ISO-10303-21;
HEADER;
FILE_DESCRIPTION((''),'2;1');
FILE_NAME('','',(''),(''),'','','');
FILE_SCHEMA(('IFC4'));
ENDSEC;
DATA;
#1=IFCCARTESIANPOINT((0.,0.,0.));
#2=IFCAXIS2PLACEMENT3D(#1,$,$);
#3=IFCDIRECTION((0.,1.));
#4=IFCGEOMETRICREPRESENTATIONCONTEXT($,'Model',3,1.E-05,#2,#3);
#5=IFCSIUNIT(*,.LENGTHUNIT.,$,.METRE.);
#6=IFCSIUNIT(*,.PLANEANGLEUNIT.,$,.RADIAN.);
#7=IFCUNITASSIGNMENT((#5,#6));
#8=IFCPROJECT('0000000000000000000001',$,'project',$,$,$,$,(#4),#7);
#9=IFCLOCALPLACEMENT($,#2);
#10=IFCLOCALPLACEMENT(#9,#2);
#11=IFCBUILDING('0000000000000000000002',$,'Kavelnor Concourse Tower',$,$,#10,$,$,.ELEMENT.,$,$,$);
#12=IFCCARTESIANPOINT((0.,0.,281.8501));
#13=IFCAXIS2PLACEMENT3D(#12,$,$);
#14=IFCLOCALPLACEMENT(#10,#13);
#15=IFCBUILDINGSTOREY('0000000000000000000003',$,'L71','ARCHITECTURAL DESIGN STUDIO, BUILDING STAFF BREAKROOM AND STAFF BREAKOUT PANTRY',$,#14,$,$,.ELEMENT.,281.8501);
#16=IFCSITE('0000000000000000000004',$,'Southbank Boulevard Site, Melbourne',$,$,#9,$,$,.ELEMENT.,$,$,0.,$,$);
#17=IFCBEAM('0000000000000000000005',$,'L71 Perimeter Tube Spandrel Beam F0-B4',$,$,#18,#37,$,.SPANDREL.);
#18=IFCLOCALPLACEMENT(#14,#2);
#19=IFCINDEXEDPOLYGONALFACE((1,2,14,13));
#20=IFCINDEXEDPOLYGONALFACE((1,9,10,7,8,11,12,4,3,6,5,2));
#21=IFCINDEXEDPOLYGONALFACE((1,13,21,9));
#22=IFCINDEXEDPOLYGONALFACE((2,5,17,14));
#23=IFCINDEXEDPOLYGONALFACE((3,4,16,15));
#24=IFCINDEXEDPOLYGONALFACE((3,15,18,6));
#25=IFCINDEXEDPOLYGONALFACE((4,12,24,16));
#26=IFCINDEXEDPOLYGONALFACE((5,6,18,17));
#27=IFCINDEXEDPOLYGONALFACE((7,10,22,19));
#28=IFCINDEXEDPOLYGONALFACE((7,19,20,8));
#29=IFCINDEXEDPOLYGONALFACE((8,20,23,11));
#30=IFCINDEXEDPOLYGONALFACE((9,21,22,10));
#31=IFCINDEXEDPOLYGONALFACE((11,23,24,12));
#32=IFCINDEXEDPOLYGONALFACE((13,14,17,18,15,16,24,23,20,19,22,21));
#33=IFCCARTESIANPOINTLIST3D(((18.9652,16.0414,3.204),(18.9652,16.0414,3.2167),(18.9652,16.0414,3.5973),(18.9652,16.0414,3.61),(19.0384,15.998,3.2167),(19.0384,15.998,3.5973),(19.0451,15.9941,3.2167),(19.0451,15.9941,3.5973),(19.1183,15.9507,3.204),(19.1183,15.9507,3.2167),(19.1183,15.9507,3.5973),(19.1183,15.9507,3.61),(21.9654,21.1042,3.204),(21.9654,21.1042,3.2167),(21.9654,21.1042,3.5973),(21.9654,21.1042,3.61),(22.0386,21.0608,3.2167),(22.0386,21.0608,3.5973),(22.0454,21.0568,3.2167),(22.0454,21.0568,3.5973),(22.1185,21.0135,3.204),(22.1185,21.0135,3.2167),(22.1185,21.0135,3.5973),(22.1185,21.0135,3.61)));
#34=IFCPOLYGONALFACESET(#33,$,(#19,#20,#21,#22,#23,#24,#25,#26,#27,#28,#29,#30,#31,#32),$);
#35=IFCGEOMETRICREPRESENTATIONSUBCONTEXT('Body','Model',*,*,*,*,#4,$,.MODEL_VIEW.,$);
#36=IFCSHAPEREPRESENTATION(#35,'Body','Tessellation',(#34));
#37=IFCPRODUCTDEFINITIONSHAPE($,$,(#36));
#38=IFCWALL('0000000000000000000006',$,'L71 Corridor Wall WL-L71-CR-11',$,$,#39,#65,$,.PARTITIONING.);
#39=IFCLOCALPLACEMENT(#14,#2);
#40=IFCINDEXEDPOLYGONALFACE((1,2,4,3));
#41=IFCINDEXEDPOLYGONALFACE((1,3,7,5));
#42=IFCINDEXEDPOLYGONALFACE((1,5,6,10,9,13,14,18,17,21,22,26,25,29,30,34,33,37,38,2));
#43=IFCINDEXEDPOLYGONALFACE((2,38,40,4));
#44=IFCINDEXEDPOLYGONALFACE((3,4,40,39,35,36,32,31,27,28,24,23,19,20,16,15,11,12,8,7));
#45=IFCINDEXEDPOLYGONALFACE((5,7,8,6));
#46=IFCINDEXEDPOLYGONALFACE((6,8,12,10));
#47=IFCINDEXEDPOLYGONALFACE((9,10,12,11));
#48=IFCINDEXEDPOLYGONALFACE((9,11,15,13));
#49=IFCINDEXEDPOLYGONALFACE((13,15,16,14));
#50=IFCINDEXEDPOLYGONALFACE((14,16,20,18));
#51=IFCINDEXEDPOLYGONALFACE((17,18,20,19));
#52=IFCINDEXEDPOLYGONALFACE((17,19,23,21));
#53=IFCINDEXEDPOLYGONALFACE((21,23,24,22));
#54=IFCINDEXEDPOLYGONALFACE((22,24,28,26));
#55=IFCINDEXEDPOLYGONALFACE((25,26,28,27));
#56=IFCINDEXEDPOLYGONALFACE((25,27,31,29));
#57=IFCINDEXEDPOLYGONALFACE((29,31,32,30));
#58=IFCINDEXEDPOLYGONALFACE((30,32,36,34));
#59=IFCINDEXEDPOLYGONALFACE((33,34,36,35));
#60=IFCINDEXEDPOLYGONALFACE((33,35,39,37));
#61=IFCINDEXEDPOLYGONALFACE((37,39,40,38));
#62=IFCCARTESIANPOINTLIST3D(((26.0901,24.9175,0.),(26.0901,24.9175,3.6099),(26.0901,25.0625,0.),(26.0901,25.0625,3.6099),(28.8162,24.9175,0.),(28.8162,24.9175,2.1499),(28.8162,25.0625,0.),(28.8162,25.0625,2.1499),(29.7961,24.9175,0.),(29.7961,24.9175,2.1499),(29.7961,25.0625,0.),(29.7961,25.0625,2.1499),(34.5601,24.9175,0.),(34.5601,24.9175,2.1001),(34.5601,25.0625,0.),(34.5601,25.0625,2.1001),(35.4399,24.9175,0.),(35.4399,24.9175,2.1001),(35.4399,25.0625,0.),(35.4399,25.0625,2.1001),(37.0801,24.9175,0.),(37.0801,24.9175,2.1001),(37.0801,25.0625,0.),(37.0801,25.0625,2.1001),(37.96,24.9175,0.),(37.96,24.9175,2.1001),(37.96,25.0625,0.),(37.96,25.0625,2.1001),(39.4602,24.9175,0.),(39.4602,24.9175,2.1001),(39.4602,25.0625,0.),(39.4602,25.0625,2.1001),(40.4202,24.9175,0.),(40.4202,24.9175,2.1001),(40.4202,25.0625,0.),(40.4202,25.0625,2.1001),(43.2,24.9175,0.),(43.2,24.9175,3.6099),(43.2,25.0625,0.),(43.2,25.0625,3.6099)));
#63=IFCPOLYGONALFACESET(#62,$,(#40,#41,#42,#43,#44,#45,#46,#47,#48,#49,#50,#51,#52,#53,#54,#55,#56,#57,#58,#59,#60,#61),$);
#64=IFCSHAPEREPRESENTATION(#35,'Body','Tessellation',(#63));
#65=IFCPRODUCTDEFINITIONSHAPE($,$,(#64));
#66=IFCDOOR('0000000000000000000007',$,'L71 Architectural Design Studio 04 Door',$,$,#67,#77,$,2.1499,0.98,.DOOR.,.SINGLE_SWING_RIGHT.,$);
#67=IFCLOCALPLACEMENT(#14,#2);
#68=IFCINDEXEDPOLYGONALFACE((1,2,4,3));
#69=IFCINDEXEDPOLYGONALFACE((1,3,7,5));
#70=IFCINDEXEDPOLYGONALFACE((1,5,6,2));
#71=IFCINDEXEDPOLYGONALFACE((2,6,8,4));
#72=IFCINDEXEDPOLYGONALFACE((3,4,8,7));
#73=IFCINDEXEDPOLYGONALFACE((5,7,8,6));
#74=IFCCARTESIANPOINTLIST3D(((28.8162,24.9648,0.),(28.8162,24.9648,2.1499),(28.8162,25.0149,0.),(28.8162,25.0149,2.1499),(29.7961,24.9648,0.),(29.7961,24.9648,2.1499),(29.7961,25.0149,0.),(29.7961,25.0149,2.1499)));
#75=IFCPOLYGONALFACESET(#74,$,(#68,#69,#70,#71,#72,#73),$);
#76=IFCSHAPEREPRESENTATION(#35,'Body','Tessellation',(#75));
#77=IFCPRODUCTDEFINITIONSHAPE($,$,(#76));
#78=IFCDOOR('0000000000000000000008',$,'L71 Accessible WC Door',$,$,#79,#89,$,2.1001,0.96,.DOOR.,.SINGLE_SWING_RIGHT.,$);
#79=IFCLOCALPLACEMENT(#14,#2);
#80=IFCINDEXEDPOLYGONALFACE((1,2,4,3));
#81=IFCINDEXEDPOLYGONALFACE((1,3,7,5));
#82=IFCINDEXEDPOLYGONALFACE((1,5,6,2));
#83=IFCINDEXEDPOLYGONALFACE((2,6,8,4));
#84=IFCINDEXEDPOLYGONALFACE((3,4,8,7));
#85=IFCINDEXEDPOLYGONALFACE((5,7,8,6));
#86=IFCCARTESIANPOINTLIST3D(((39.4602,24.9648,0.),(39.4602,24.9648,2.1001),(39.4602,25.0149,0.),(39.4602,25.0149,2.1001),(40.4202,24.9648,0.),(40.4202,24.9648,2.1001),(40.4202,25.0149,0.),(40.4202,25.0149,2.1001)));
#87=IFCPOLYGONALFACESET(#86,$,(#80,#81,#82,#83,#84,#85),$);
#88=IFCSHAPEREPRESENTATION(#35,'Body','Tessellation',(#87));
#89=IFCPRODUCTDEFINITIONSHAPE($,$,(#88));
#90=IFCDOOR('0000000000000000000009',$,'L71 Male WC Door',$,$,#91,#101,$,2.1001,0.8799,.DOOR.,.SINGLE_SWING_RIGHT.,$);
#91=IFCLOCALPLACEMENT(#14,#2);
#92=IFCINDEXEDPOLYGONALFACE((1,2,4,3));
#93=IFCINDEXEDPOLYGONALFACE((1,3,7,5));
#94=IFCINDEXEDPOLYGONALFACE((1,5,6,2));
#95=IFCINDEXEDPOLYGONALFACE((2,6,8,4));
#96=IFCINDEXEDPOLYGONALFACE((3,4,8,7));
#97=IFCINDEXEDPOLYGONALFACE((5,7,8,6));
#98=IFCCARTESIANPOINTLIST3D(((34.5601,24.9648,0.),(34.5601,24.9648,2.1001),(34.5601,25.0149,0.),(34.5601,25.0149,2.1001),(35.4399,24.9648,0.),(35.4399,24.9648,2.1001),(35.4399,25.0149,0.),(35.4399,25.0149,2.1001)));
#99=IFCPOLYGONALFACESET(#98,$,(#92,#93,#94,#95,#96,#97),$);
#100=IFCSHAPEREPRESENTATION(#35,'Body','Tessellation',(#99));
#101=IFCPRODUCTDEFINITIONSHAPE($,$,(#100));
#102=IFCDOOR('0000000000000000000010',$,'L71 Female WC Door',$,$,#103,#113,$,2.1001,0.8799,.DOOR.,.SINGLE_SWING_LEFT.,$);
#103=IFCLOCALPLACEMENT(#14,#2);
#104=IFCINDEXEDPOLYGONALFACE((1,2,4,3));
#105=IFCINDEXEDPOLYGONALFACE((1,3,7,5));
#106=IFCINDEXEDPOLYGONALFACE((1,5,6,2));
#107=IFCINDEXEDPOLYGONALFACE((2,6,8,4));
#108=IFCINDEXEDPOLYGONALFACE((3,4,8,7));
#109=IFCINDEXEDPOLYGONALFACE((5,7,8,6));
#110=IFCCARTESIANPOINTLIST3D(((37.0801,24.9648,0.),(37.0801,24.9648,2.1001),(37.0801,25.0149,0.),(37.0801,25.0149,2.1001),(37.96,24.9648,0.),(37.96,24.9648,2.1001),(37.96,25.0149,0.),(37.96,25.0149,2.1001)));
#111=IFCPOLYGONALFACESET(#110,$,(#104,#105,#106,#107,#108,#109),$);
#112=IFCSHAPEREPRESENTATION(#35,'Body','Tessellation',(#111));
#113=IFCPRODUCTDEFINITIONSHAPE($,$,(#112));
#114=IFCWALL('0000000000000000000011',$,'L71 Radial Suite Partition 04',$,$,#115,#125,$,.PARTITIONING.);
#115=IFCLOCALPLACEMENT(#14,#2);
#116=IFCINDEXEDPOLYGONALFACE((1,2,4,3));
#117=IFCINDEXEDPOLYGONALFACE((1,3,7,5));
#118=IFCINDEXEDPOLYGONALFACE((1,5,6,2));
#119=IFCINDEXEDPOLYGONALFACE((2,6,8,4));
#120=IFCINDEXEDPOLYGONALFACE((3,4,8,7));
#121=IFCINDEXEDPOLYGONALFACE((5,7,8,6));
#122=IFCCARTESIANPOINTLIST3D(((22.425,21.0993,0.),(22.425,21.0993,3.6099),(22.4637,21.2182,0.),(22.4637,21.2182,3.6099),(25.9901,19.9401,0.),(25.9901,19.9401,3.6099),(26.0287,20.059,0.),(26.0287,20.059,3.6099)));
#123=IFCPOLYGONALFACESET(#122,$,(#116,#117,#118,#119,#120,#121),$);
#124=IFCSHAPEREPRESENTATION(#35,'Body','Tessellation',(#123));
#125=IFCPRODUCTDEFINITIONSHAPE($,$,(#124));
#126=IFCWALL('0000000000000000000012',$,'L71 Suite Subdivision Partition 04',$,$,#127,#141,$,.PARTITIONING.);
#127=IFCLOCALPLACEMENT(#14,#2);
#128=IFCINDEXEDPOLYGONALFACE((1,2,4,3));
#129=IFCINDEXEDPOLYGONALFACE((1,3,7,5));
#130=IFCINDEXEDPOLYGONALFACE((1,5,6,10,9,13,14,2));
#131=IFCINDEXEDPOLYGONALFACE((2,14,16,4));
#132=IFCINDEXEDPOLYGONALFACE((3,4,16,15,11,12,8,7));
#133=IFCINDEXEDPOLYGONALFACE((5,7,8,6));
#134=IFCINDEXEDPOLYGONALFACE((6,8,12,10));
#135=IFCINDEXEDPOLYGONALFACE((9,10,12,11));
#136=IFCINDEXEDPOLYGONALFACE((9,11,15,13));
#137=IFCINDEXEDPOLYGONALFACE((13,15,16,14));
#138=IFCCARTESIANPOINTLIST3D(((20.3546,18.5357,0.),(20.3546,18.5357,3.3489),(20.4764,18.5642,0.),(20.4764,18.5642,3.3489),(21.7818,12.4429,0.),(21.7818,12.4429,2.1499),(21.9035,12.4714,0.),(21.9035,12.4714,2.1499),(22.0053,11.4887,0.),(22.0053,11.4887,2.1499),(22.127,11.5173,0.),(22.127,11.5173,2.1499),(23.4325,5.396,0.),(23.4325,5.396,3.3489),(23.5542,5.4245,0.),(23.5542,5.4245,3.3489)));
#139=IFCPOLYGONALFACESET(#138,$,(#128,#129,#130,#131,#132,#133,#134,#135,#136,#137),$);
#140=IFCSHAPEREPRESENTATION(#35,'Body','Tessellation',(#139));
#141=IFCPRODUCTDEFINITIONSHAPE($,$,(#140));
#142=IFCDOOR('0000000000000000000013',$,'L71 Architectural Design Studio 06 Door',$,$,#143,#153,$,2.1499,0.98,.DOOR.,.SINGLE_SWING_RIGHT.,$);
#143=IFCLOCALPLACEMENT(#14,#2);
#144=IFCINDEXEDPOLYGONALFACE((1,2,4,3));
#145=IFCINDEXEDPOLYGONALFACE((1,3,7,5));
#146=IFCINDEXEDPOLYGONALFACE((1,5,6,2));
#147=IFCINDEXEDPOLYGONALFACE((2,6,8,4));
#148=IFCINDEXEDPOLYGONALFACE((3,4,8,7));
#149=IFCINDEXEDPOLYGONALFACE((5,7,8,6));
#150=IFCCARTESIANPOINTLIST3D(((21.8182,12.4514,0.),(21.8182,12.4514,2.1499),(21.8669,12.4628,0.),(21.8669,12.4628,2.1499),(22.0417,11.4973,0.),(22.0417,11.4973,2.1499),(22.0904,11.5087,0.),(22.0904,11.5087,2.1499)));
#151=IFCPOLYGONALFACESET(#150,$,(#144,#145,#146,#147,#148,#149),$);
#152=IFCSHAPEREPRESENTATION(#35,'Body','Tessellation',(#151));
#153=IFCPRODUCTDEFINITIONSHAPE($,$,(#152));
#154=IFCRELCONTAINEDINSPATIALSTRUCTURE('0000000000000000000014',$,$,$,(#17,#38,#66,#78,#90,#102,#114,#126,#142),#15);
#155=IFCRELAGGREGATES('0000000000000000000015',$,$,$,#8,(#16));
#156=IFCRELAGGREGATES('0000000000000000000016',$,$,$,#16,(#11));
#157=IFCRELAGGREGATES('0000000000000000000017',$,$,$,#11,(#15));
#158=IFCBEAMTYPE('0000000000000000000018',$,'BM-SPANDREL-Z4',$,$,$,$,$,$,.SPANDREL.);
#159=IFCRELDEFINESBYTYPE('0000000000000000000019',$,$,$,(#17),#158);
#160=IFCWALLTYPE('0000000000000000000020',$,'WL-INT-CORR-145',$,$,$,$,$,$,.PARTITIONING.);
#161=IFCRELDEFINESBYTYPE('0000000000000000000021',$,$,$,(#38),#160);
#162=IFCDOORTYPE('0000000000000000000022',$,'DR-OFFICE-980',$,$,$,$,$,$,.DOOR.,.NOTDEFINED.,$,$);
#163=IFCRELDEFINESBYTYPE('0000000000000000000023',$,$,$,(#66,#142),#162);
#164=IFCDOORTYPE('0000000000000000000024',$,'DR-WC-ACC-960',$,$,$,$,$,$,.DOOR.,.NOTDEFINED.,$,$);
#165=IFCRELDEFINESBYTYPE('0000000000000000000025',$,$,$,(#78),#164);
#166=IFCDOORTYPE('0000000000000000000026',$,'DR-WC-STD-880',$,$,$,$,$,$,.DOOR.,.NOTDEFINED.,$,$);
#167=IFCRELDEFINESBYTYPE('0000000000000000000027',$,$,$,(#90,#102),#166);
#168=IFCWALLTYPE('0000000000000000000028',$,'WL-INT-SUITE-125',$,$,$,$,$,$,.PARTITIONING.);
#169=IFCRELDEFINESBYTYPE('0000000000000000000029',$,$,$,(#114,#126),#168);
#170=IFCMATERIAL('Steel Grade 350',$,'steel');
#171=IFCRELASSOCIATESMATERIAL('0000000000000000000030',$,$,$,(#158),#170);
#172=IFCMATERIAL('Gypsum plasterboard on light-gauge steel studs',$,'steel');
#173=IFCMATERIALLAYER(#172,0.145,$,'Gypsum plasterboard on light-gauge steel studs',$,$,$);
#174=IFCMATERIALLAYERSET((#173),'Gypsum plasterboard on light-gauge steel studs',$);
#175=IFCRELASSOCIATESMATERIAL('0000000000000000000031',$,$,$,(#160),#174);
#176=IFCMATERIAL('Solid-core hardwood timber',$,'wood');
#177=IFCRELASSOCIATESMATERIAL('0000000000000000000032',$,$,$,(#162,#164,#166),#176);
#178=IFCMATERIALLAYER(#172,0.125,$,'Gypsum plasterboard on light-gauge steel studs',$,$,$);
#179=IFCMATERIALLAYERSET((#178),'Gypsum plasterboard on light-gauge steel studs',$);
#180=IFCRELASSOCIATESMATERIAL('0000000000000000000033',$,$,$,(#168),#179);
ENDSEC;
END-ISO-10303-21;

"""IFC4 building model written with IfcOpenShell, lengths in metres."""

from ifc_helpers import new_model, si_unit, direction, frame, frame_2d, origin, origin_2d, place, context, subcontext, project, spatial, rectangle, i_section, extrude, material, layer, layer_set, material_profile, profile_set, type_object, element, fill, save


model = new_model("IFC4")

# Units and contexts
model_context = context("Model", 3, precision=1e-05, world=origin(), true_north=direction((0.0, 1.0)))
body_context = subcontext(model_context, "Body", "Model", "MODEL_VIEW")
ifc_project = project(units=[si_unit("LENGTHUNIT", "METRE"), si_unit("PLANEANGLEUNIT", "RADIAN")], contexts=[model_context])

# Site, building, storey
site_placement = place(None, origin())
site = spatial("IfcSite", under=ifc_project, at=site_placement, Name="Southbank Boulevard Site, Melbourne", CompositionType="ELEMENT", RefElevation=0.0)
building_placement = place(site_placement, origin())
building = spatial("IfcBuilding", under=site, at=building_placement, Name="Kavelnor Concourse Tower", CompositionType="ELEMENT")
storey_placement = place(building_placement, frame((0.0, 0.0, 281.8501)))
storey = spatial("IfcBuildingStorey", under=building, at=storey_placement, Name="L71", Description="ARCHITECTURAL DESIGN STUDIO, BUILDING STAFF BREAKROOM AND STAFF BREAKOUT PANTRY", CompositionType="ELEMENT", Elevation=281.8501)

# Shared definitions
ifc_material_1 = material(Name="Steel Grade 350", Category="steel")

# Beam
ifc_material_profile_1 = material_profile(ifc_material_1, i_section(OverallWidth=0.178, OverallDepth=0.406, WebThickness=0.0078, FlangeThickness=0.0127, at=origin_2d()), Name="410UB59")
ifc_profile_set_1 = profile_set([ifc_material_profile_1], Name="Steel Grade 350")
beam_type_1 = type_object("IfcBeamType", Name="BM-SPANDREL-Z4", PredefinedType="SPANDREL", material=ifc_profile_set_1)
beam_1_placement = place(storey_placement, frame((22.042, 21.0588, 3.407), z_axis=(-0.509815, -0.860284, 0.0), x_axis=(0.860284, -0.509815, 0.0)))
element("IfcBeam", 1, at=beam_1_placement, inside=storey, type_object=beam_type_1, Name="L71 Perimeter Tube Spandrel Beam F0-B4", PredefinedType="SPANDREL", context=body_context, shape_type="SweptSolid", body=[
    extrude(i_section(OverallWidth=0.178, OverallDepth=0.406, WebThickness=0.0078, FlangeThickness=0.0127, at=origin_2d()), origin(), (0.0, 0.0, 1.0), 5.885),
])

# Wall, openings, doors
ifc_material_2 = material(Name="Gypsum plasterboard on light-gauge steel studs", Category="steel")
ifc_layer_1 = layer(ifc_material_2, 0.145, Name="Gypsum plasterboard on light-gauge steel studs")
ifc_layer_set_1 = layer_set([ifc_layer_1], Name="Gypsum plasterboard on light-gauge steel studs")
wall_type_1 = type_object("IfcWallType", Name="WL-INT-CORR-145", PredefinedType="PARTITIONING", material=ifc_layer_set_1)
wall_1_placement = place(storey_placement, frame((26.0901, 24.99, 0.0), z_axis=(0.0, 0.0, 1.0), x_axis=(1.0, 0.0, 0.0)))
wall_1 = element("IfcWall", 2, at=wall_1_placement, inside=storey, type_object=wall_type_1, Name="L71 Corridor Wall WL-L71-CR-11", PredefinedType="PARTITIONING", context=body_context, shape_type="SweptSolid", body=[
    extrude(rectangle(XDim=17.1099, YDim=0.145, at=frame_2d((8.5549, 0.0))), origin(), (0.0, 0.0, 1.0), 3.6099),
])
opening_1_placement = place(wall_1_placement, frame((8.47, 0.0, 0.0)))
opening_1 = element("IfcOpeningElement", 3, at=opening_1_placement, cuts=wall_1, PredefinedType="OPENING", context=body_context, shape_type="SweptSolid", body=[
    extrude(rectangle(XDim=0.8799, YDim=2.1001, at=frame_2d((0.4399, 1.05))), frame((0.0, 0.0825, 0.0), z_axis=(0.0, -1.0, 0.0), x_axis=(1.0, 0.0, 0.0)), (0.0, 0.0, 1.0), 0.165),
])
opening_2_placement = place(wall_1_placement, frame((10.99, 0.0, 0.0)))
opening_2 = element("IfcOpeningElement", 4, at=opening_2_placement, cuts=wall_1, PredefinedType="OPENING", context=body_context, shape_type="SweptSolid", body=[
    extrude(rectangle(XDim=0.8799, YDim=2.1001, at=frame_2d((0.4399, 1.05))), frame((0.0, 0.0825, 0.0), z_axis=(0.0, -1.0, 0.0), x_axis=(1.0, 0.0, 0.0)), (0.0, 0.0, 1.0), 0.165),
])
opening_3_placement = place(wall_1_placement, frame((13.3701, 0.0, 0.0)))
opening_3 = element("IfcOpeningElement", 5, at=opening_3_placement, cuts=wall_1, PredefinedType="OPENING", context=body_context, shape_type="SweptSolid", body=[
    extrude(rectangle(XDim=0.96, YDim=2.1001, at=frame_2d((0.48, 1.05))), frame((0.0, 0.0825, 0.0), z_axis=(0.0, -1.0, 0.0), x_axis=(1.0, 0.0, 0.0)), (0.0, 0.0, 1.0), 0.165),
])
opening_4_placement = place(wall_1_placement, frame((2.7261, 0.0, 0.0)))
opening_4 = element("IfcOpeningElement", 6, at=opening_4_placement, cuts=wall_1, PredefinedType="OPENING", context=body_context, shape_type="SweptSolid", body=[
    extrude(rectangle(XDim=0.98, YDim=2.1499, at=frame_2d((0.49, 1.075))), frame((0.0, 0.0825, 0.0), z_axis=(0.0, -1.0, 0.0), x_axis=(1.0, 0.0, 0.0)), (0.0, 0.0, 1.0), 0.165),
])
ifc_material_3 = material(Name="Solid-core hardwood timber", Category="wood")
door_type_1 = type_object("IfcDoorType", Name="DR-OFFICE-980", OperationType="NOTDEFINED", PredefinedType="DOOR", material=ifc_material_3)
door_1_placement = place(opening_4_placement, origin())
door_1 = element("IfcDoor", 7, at=door_1_placement, inside=storey, type_object=door_type_1, Name="L71 Architectural Design Studio 04 Door", OperationType="SINGLE_SWING_RIGHT", OverallHeight=2.1499, OverallWidth=0.98, PredefinedType="DOOR", context=body_context, shape_type="SweptSolid", body=[
    extrude(rectangle(XDim=0.98, YDim=2.1499, at=frame_2d((0.49, 1.075))), frame((0.0, 0.0249, 0.0), z_axis=(0.0, -1.0, 0.0), x_axis=(1.0, 0.0, 0.0)), (0.0, 0.0, 1.0), 0.05),
])
fill(opening_4, door_1)
door_type_2 = type_object("IfcDoorType", Name="DR-WC-ACC-960", OperationType="NOTDEFINED", PredefinedType="DOOR", material=ifc_material_3)
door_2_placement = place(opening_3_placement, origin())
door_2 = element("IfcDoor", 8, at=door_2_placement, inside=storey, type_object=door_type_2, Name="L71 Accessible WC Door", OperationType="SINGLE_SWING_RIGHT", OverallHeight=2.1001, OverallWidth=0.96, PredefinedType="DOOR", context=body_context, shape_type="SweptSolid", body=[
    extrude(rectangle(XDim=0.96, YDim=2.1001, at=frame_2d((0.48, 1.05))), frame((0.0, 0.0249, 0.0), z_axis=(0.0, -1.0, 0.0), x_axis=(1.0, 0.0, 0.0)), (0.0, 0.0, 1.0), 0.05),
])
fill(opening_3, door_2)
door_type_3 = type_object("IfcDoorType", Name="DR-WC-STD-880", OperationType="NOTDEFINED", PredefinedType="DOOR", material=ifc_material_3)
door_3_placement = place(opening_1_placement, origin())
door_3 = element("IfcDoor", 9, at=door_3_placement, inside=storey, type_object=door_type_3, Name="L71 Male WC Door", OperationType="SINGLE_SWING_RIGHT", OverallHeight=2.1001, OverallWidth=0.8799, PredefinedType="DOOR", context=body_context, shape_type="SweptSolid", body=[
    extrude(rectangle(XDim=0.8799, YDim=2.1001, at=frame_2d((0.4399, 1.05))), frame((0.0, 0.0249, 0.0), z_axis=(0.0, -1.0, 0.0), x_axis=(1.0, 0.0, 0.0)), (0.0, 0.0, 1.0), 0.05),
])
fill(opening_1, door_3)
door_4_placement = place(opening_2_placement, origin())
door_4 = element("IfcDoor", 10, at=door_4_placement, inside=storey, type_object=door_type_3, Name="L71 Female WC Door", OperationType="SINGLE_SWING_LEFT", OverallHeight=2.1001, OverallWidth=0.8799, PredefinedType="DOOR", context=body_context, shape_type="SweptSolid", body=[
    extrude(rectangle(XDim=0.8799, YDim=2.1001, at=frame_2d((0.4399, 1.05))), frame((0.0, 0.0249, 0.0), z_axis=(0.0, -1.0, 0.0), x_axis=(1.0, 0.0, 0.0)), (0.0, 0.0, 1.0), 0.05),
])
fill(opening_2, door_4)

# Wall
ifc_layer_2 = layer(ifc_material_2, 0.125, Name="Gypsum plasterboard on light-gauge steel studs")
ifc_layer_set_2 = layer_set([ifc_layer_2], Name="Gypsum plasterboard on light-gauge steel studs")
wall_type_2 = type_object("IfcWallType", Name="WL-INT-SUITE-125", PredefinedType="PARTITIONING", material=ifc_layer_set_2)
wall_2_placement = place(storey_placement, frame((26.0095, 19.9995, 0.0), z_axis=(0.0, 0.0, 1.0), x_axis=(-0.950989, 0.309224, 0.0)))
element("IfcWall", 11, at=wall_2_placement, inside=storey, type_object=wall_type_2, Name="L71 Radial Suite Partition 04", PredefinedType="PARTITIONING", context=body_context, shape_type="SweptSolid", body=[
    extrude(rectangle(XDim=3.7488, YDim=0.125, at=frame_2d((1.8745, 0.0))), origin(), (0.0, 0.0, 1.0), 3.6099),
])

# Wall, opening, door
wall_3_placement = place(storey_placement, frame((20.4155, 18.5498, 0.0), z_axis=(0.0, 0.0, 1.0), x_axis=(0.22807, -0.973645, 0.0)))
wall_3 = element("IfcWall", 12, at=wall_3_placement, inside=storey, type_object=wall_type_2, Name="L71 Suite Subdivision Partition 04", PredefinedType="PARTITIONING", context=body_context, shape_type="SweptSolid", body=[
    extrude(rectangle(XDim=13.4954, YDim=0.125, at=frame_2d((6.7476, 0.0))), origin(), (0.0, 0.0, 1.0), 3.3489),
])
opening_5_placement = place(wall_3_placement, frame((6.2576, 0.0, 0.0)))
opening_5 = element("IfcOpeningElement", 13, at=opening_5_placement, cuts=wall_3, PredefinedType="OPENING", context=body_context, shape_type="SweptSolid", body=[
    extrude(rectangle(XDim=0.98, YDim=2.1499, at=frame_2d((0.49, 1.075))), frame((0.0, 0.0725, 0.0), z_axis=(0.0, -1.0, 0.0), x_axis=(1.0, 0.0, 0.0)), (0.0, 0.0, 1.0), 0.145),
])
door_5_placement = place(opening_5_placement, origin())
door_5 = element("IfcDoor", 14, at=door_5_placement, inside=storey, type_object=door_type_1, Name="L71 Architectural Design Studio 06 Door", OperationType="SINGLE_SWING_RIGHT", OverallHeight=2.1499, OverallWidth=0.98, PredefinedType="DOOR", context=body_context, shape_type="SweptSolid", body=[
    extrude(rectangle(XDim=0.98, YDim=2.1499, at=frame_2d((0.49, 1.075))), frame((0.0, 0.0249, 0.0), z_axis=(0.0, -1.0, 0.0), x_axis=(1.0, 0.0, 0.0)), (0.0, 0.0, 1.0), 0.05),
])
fill(opening_5, door_5)

save(model, "model.ifc")
